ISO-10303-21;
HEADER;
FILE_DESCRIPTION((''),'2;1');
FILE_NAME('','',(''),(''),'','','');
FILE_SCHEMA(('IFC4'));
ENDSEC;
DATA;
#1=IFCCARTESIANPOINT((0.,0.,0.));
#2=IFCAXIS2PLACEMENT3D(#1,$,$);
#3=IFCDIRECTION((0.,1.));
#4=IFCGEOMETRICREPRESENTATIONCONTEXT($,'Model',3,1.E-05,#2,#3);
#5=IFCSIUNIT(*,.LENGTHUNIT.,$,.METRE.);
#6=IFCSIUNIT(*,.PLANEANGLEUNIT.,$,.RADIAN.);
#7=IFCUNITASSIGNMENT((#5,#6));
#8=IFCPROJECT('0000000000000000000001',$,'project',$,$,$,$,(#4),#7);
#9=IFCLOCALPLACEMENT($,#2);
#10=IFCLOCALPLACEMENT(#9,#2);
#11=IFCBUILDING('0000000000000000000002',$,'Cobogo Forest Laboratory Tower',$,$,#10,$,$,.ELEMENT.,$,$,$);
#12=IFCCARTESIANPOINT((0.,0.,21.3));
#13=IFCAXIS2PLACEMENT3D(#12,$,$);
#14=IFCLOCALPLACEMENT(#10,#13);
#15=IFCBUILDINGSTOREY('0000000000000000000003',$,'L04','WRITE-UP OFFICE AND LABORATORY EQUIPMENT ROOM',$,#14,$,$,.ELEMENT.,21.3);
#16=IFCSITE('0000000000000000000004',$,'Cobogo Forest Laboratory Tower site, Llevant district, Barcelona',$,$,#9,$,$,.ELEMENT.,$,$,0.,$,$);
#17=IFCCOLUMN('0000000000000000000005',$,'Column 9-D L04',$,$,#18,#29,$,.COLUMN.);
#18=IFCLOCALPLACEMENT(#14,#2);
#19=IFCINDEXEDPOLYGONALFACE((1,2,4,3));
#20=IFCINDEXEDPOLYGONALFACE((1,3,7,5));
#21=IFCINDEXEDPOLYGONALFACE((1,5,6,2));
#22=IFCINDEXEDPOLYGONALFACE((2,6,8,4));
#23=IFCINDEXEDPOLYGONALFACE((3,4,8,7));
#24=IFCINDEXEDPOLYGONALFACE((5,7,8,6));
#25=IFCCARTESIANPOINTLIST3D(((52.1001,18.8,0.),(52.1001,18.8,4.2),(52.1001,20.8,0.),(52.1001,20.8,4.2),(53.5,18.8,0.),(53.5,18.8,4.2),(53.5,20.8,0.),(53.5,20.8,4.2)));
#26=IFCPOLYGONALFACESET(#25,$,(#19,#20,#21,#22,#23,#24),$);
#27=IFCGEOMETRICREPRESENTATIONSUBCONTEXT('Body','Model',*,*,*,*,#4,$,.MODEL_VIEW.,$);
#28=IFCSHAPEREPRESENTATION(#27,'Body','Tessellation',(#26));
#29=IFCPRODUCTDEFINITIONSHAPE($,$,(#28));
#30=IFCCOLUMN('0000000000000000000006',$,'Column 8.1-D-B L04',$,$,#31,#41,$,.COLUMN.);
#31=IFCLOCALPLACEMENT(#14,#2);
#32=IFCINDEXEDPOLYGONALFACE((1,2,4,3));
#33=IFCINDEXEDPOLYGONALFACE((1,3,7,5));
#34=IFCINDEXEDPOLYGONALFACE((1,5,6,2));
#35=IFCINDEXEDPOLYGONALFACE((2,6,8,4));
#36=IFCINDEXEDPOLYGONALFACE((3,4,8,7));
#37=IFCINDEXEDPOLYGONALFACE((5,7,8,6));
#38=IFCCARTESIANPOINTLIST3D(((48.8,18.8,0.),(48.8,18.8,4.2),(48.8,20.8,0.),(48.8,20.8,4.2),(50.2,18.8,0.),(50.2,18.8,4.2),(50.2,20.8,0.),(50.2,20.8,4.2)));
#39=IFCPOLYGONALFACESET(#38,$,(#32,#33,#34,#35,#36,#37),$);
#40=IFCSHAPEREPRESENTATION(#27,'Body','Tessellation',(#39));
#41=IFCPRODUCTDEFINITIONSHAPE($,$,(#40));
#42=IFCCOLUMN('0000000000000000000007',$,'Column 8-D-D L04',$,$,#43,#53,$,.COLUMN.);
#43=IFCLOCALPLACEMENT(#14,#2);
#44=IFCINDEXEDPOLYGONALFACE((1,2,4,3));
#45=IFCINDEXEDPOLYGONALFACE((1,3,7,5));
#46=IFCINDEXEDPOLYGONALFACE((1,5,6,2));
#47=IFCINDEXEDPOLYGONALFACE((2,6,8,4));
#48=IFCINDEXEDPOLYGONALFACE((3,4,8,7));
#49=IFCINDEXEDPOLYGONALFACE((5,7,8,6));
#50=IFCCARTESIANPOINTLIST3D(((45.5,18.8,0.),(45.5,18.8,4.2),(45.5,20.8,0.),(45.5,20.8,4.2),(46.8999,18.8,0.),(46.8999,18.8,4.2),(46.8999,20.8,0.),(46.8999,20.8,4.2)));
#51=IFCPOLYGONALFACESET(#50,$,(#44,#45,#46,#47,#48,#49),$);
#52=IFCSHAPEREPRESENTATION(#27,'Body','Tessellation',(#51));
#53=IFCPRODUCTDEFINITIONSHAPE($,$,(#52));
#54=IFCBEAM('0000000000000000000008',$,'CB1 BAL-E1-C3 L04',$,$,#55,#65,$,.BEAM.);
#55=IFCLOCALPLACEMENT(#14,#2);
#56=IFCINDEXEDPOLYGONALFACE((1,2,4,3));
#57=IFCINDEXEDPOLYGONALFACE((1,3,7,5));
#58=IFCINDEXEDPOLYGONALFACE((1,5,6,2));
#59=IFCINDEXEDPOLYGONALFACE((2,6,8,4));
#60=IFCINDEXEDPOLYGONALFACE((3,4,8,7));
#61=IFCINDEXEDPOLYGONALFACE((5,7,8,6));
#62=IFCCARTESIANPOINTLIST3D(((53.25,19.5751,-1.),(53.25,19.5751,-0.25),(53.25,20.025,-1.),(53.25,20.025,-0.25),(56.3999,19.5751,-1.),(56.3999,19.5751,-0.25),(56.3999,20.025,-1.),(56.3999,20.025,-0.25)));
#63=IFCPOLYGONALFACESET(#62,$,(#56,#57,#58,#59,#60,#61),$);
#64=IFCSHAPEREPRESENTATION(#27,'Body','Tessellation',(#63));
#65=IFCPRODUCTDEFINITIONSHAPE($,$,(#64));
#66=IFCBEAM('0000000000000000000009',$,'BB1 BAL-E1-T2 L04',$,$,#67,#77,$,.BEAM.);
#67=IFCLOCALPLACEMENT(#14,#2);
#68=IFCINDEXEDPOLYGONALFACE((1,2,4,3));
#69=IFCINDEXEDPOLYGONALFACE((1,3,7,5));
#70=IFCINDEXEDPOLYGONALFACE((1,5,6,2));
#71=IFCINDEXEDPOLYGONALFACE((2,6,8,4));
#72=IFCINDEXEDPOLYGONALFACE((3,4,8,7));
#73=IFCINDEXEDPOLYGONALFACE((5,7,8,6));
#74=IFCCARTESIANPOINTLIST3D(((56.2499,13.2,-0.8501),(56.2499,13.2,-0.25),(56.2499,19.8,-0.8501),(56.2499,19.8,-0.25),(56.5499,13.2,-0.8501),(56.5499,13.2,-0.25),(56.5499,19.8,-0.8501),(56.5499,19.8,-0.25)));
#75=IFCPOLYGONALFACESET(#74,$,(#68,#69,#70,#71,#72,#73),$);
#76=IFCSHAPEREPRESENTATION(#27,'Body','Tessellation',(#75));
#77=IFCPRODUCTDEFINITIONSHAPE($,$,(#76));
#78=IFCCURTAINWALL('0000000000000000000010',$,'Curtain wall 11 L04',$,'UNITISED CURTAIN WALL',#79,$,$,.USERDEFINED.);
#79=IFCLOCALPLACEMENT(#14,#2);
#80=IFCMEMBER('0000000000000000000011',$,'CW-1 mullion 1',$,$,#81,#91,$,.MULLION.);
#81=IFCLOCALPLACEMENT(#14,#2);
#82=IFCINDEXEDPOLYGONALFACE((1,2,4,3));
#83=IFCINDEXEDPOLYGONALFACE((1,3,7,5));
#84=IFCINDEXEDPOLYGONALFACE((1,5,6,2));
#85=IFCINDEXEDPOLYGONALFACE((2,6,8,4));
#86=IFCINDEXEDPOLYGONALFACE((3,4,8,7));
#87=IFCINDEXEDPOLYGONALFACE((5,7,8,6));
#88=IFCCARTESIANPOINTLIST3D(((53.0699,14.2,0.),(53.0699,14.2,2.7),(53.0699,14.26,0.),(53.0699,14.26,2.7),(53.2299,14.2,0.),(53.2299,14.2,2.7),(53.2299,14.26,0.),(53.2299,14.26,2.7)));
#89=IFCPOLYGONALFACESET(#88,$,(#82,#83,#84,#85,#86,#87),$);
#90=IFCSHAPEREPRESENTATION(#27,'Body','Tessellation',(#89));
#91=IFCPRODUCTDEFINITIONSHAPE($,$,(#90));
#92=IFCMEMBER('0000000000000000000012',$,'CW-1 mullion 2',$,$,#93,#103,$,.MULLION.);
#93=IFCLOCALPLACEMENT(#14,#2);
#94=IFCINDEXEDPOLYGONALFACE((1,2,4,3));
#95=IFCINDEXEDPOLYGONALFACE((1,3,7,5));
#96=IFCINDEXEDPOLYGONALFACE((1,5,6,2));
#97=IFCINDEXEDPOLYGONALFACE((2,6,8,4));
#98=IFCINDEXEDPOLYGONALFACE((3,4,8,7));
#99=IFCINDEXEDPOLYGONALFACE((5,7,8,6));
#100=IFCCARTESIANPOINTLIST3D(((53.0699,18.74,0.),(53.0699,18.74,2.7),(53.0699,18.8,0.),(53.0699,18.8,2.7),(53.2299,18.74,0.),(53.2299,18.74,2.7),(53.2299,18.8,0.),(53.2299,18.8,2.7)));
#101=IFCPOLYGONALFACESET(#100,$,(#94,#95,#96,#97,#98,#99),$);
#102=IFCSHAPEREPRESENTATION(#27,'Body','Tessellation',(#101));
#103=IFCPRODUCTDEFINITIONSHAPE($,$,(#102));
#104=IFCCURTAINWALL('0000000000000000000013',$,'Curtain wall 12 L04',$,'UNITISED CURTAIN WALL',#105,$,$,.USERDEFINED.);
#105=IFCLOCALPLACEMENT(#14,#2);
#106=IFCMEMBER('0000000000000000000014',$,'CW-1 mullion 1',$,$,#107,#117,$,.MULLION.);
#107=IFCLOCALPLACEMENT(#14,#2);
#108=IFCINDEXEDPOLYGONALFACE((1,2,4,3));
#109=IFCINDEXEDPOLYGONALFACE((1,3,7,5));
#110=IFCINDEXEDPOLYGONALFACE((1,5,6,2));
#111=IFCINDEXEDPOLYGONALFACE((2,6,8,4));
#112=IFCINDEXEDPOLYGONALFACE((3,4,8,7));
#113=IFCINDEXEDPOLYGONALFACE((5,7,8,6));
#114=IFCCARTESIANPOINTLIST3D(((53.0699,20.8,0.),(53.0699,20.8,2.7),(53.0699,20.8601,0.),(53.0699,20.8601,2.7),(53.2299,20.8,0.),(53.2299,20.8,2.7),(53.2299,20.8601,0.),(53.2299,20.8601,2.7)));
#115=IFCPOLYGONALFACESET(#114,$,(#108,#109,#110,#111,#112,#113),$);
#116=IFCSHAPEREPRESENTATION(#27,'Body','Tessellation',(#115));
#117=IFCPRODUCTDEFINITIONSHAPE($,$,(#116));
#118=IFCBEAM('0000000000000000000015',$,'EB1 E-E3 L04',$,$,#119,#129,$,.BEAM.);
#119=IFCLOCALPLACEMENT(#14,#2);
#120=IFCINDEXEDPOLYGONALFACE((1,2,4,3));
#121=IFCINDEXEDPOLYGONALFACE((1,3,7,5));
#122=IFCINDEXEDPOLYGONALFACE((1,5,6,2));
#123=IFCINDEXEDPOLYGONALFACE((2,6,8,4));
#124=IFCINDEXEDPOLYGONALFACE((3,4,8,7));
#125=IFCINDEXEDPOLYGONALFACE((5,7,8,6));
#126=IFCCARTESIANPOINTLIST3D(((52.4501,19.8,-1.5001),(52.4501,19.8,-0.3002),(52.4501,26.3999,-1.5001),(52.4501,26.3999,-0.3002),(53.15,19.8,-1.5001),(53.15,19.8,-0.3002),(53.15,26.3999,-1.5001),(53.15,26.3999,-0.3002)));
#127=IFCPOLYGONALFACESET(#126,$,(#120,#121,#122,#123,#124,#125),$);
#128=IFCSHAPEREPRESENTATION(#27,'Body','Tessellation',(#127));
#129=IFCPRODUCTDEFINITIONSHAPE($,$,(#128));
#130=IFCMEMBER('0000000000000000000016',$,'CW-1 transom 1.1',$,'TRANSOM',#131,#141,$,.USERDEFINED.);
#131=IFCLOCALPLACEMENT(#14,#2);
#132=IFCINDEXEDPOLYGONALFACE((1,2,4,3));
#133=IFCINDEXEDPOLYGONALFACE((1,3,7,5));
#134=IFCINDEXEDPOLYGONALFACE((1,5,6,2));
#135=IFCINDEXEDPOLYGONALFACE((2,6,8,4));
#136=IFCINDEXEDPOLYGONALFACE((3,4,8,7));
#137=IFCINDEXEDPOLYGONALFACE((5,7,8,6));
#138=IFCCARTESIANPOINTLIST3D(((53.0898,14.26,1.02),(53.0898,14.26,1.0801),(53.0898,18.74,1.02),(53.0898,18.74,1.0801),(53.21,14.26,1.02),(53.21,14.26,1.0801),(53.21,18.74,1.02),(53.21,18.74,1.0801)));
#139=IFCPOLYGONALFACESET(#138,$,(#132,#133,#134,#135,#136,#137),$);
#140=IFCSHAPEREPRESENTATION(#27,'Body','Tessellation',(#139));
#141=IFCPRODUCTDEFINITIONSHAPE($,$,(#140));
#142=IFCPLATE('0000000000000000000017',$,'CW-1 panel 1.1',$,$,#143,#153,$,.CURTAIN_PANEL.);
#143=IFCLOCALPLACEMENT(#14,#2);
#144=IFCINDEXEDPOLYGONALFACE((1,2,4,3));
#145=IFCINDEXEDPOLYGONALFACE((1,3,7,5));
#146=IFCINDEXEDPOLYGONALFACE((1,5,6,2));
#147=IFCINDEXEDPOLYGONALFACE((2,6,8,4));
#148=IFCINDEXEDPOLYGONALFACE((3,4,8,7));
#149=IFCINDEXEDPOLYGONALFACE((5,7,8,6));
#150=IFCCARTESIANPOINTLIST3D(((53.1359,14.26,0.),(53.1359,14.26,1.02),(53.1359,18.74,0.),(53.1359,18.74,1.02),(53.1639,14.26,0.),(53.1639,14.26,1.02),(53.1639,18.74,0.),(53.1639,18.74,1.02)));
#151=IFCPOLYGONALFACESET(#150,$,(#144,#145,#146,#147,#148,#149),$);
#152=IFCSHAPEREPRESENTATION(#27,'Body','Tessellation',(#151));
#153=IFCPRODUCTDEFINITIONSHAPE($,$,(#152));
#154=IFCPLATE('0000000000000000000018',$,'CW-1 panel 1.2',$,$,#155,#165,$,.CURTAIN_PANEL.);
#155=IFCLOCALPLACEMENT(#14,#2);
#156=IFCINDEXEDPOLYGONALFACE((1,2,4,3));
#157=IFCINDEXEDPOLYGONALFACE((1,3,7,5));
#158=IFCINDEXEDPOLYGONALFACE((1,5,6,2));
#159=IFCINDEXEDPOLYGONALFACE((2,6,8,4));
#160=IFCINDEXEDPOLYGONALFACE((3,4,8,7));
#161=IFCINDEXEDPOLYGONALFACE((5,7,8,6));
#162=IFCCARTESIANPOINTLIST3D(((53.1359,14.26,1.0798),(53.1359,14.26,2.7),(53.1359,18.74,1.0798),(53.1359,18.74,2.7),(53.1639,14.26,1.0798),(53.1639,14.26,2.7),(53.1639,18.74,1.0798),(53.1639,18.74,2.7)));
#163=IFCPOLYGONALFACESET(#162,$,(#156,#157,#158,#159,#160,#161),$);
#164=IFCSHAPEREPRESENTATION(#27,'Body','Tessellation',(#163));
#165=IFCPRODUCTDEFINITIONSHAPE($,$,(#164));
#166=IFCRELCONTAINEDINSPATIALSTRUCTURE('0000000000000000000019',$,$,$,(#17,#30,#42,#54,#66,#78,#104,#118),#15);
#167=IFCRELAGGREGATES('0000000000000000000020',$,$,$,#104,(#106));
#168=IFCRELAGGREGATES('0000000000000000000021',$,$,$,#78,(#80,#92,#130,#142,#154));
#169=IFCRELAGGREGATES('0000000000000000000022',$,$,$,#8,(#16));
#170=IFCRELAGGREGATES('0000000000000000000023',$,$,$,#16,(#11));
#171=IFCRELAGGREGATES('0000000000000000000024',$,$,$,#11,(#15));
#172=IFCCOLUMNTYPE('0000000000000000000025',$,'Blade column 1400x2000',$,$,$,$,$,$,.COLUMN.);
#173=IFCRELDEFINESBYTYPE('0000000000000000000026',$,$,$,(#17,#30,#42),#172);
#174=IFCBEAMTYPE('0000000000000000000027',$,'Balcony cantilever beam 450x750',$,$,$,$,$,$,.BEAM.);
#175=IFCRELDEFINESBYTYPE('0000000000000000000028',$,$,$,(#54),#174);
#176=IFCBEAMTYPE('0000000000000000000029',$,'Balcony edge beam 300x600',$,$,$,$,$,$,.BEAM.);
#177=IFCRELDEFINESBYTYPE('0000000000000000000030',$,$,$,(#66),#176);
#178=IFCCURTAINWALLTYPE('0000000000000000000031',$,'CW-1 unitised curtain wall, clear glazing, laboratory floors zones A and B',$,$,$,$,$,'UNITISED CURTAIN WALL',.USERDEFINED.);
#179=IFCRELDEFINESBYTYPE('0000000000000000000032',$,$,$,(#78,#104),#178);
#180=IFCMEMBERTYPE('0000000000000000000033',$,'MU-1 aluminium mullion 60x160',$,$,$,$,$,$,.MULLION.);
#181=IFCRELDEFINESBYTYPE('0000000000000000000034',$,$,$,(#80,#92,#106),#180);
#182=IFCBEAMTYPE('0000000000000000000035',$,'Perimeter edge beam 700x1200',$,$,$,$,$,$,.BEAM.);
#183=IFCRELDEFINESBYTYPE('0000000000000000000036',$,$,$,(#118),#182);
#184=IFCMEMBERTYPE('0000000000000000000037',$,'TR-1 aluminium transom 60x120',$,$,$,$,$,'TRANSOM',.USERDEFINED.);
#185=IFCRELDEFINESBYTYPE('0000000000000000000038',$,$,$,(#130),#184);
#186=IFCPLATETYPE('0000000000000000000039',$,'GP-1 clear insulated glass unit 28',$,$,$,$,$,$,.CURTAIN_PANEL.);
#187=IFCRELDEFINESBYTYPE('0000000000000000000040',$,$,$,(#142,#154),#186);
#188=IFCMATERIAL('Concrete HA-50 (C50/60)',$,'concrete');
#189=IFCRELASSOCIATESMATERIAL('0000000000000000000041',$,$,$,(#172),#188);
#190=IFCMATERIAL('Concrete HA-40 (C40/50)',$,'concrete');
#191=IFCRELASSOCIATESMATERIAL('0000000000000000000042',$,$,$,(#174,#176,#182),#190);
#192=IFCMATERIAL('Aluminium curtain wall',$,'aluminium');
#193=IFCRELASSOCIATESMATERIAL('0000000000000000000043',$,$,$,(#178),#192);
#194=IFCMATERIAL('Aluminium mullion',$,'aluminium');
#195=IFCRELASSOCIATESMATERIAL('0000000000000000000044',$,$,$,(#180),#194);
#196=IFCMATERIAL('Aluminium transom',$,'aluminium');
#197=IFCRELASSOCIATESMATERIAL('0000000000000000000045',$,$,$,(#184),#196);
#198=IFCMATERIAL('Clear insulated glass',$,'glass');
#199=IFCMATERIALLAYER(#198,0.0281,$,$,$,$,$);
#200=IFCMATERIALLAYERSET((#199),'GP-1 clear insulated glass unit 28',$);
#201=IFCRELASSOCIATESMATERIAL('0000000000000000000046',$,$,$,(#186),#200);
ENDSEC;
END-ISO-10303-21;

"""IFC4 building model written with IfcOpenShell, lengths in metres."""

from ifc_helpers import new_model, si_unit, direction, frame, origin, origin_2d, place, context, subcontext, project, spatial, rectangle, extrude, material, layer, layer_set, material_profile, profile_set, type_object, element, aggregate, save


model = new_model("IFC4")

# Units and contexts
model_context = context("Model", 3, precision=1e-05, world=origin(), true_north=direction((0.0, 1.0)))
body_context = subcontext(model_context, "Body", "Model", "MODEL_VIEW")
ifc_project = project(units=[si_unit("LENGTHUNIT", "METRE"), si_unit("PLANEANGLEUNIT", "RADIAN")], contexts=[model_context])

# Site, building, storey
site_placement = place(None, origin())
site = spatial("IfcSite", under=ifc_project, at=site_placement, Name="Cobogo Forest Laboratory Tower site, Llevant district, Barcelona", CompositionType="ELEMENT", RefElevation=0.0)
building_placement = place(site_placement, origin())
building = spatial("IfcBuilding", under=site, at=building_placement, Name="Cobogo Forest Laboratory Tower", CompositionType="ELEMENT")
storey_placement = place(building_placement, frame((0.0, 0.0, 21.3)))
storey = spatial("IfcBuildingStorey", under=building, at=storey_placement, Name="L04", Description="WRITE-UP OFFICE AND LABORATORY EQUIPMENT ROOM", CompositionType="ELEMENT", Elevation=21.3)

# Columns
ifc_material_1 = material(Name="Concrete HA-50 (C50/60)", Category="concrete")
ifc_material_profile_1 = material_profile(ifc_material_1, rectangle(XDim=2.0, YDim=1.3999, at=origin_2d()), Name="RC 1400x2000")
ifc_profile_set_1 = profile_set([ifc_material_profile_1], Name="Concrete HA-50 (C50/60)")
column_type = type_object("IfcColumnType", Name="Blade column 1400x2000", PredefinedType="COLUMN", material=ifc_profile_set_1)
for number, where, z_axis, x_axis, name in (
    (1, (52.8, 19.8, 0.0), (0.0, 0.0, 1.0), (0.0, 1.0, 0.0), "Column 9-D L04"),
    (2, (49.5, 19.8, 0.0), (0.0, 0.0, 1.0), (0.0, 1.0, 0.0), "Column 8.1-D-B L04"),
    (3, (46.2, 19.8, 0.0), (0.0, 0.0, 1.0), (0.0, 1.0, 0.0), "Column 8-D-D L04"),
):
    element("IfcColumn", number, at=place(storey_placement, frame(where, z_axis=z_axis, x_axis=x_axis)), inside=storey, type_object=column_type, Name=name, PredefinedType="COLUMN", context=body_context, shape_type="SweptSolid", body=[
        extrude(rectangle(XDim=2.0, YDim=1.3999, at=origin_2d()), origin(), (0.0, 0.0, 1.0), 4.2),
    ])

# Beams
ifc_material_2 = material(Name="Concrete HA-40 (C40/50)", Category="concrete")
ifc_material_profile_2 = material_profile(ifc_material_2, rectangle(XDim=0.45, YDim=0.75, at=origin_2d()), Name="RC 450x750")
ifc_profile_set_2 = profile_set([ifc_material_profile_2], Name="Concrete HA-40 (C40/50)")
beam_type_1 = type_object("IfcBeamType", Name="Balcony cantilever beam 450x750", PredefinedType="BEAM", material=ifc_profile_set_2)
beam_1_placement = place(storey_placement, frame((53.25, 19.8, -0.625), z_axis=(1.0, 0.0, 0.0), x_axis=(0.0, 1.0, 0.0)))
element("IfcBeam", 4, at=beam_1_placement, inside=storey, type_object=beam_type_1, Name="CB1 BAL-E1-C3 L04", PredefinedType="BEAM", context=body_context, shape_type="SweptSolid", body=[
    extrude(rectangle(XDim=0.45, YDim=0.75, at=origin_2d()), origin(), (0.0, 0.0, 1.0), 3.1499),
])
ifc_material_profile_3 = material_profile(ifc_material_2, rectangle(XDim=0.3, YDim=0.6001, at=origin_2d()), Name="RC 300x600")
ifc_profile_set_3 = profile_set([ifc_material_profile_3], Name="Concrete HA-40 (C40/50)")
beam_type_2 = type_object("IfcBeamType", Name="Balcony edge beam 300x600", PredefinedType="BEAM", material=ifc_profile_set_3)
beam_2_placement = place(storey_placement, frame((56.3999, 13.2, -0.55), z_axis=(0.0, 1.0, 0.0), x_axis=(-1.0, 0.0, 0.0)))
element("IfcBeam", 5, at=beam_2_placement, inside=storey, type_object=beam_type_2, Name="BB1 BAL-E1-T2 L04", PredefinedType="BEAM", context=body_context, shape_type="SweptSolid", body=[
    extrude(rectangle(XDim=0.3, YDim=0.6001, at=origin_2d()), origin(), (0.0, 0.0, 1.0), 6.6001),
])

# Curtain wall, members
ifc_material_3 = material(Name="Aluminium curtain wall", Category="aluminium")
curtain_wall_type = type_object("IfcCurtainWallType", Name="CW-1 unitised curtain wall, clear glazing, laboratory floors zones A and B", ElementType="UNITISED CURTAIN WALL", PredefinedType="USERDEFINED", material=ifc_material_3)
curtain_wall_1_placement = place(storey_placement, origin())
curtain_wall_1 = element("IfcCurtainWall", 6, at=curtain_wall_1_placement, inside=storey, type_object=curtain_wall_type, Name="Curtain wall 11 L04", ObjectType="UNITISED CURTAIN WALL", PredefinedType="USERDEFINED")
ifc_material_4 = material(Name="Aluminium mullion", Category="aluminium")
ifc_material_profile_4 = material_profile(ifc_material_4, rectangle(XDim=0.0601, YDim=0.1599, at=origin_2d()), Name="AL 60x160")
ifc_profile_set_4 = profile_set([ifc_material_profile_4], Name="Aluminium mullion")
member_type_1 = type_object("IfcMemberType", Name="MU-1 aluminium mullion 60x160", PredefinedType="MULLION", material=ifc_profile_set_4)
member_1_placement = place(storey_placement, frame((53.1499, 14.23, 0.0), z_axis=(0.0, 0.0, 1.0), x_axis=(0.0, 1.0, 0.0)))
member_1 = element("IfcMember", 7, at=member_1_placement, type_object=member_type_1, Name="CW-1 mullion 1", PredefinedType="MULLION", context=body_context, shape_type="SweptSolid", body=[
    extrude(rectangle(XDim=0.0601, YDim=0.1599, at=origin_2d()), origin(), (0.0, 0.0, 1.0), 2.7),
])
member_2_placement = place(storey_placement, frame((53.1499, 18.77, 0.0), z_axis=(0.0, 0.0, 1.0), x_axis=(0.0, 1.0, 0.0)))
member_2 = element("IfcMember", 8, at=member_2_placement, type_object=member_type_1, Name="CW-1 mullion 2", PredefinedType="MULLION", context=body_context, shape_type="SweptSolid", body=[
    extrude(rectangle(XDim=0.0601, YDim=0.1599, at=origin_2d()), origin(), (0.0, 0.0, 1.0), 2.7),
])

# Curtain wall, member
curtain_wall_2_placement = place(storey_placement, origin())
curtain_wall_2 = element("IfcCurtainWall", 9, at=curtain_wall_2_placement, inside=storey, type_object=curtain_wall_type, Name="Curtain wall 12 L04", ObjectType="UNITISED CURTAIN WALL", PredefinedType="USERDEFINED")
member_3_placement = place(storey_placement, frame((53.1499, 20.8301, 0.0), z_axis=(0.0, 0.0, 1.0), x_axis=(0.0, 1.0, 0.0)))
member_3 = element("IfcMember", 10, at=member_3_placement, type_object=member_type_1, Name="CW-1 mullion 1", PredefinedType="MULLION", context=body_context, shape_type="SweptSolid", body=[
    extrude(rectangle(XDim=0.0601, YDim=0.1599, at=origin_2d()), origin(), (0.0, 0.0, 1.0), 2.7),
])
aggregate(curtain_wall_2, [member_3])

# Beam
ifc_material_profile_5 = material_profile(ifc_material_2, rectangle(XDim=0.7, YDim=1.2, at=origin_2d()), Name="RC 700x1200")
ifc_profile_set_5 = profile_set([ifc_material_profile_5], Name="Concrete HA-40 (C40/50)")
beam_type_3 = type_object("IfcBeamType", Name="Perimeter edge beam 700x1200", PredefinedType="BEAM", material=ifc_profile_set_5)
beam_3_placement = place(storey_placement, frame((52.8, 19.8, -0.9001), z_axis=(0.0, 1.0, 0.0), x_axis=(-1.0, 0.0, 0.0)))
element("IfcBeam", 11, at=beam_3_placement, inside=storey, type_object=beam_type_3, Name="EB1 E-E3 L04", PredefinedType="BEAM", context=body_context, shape_type="SweptSolid", body=[
    extrude(rectangle(XDim=0.7, YDim=1.2, at=origin_2d()), origin(), (0.0, 0.0, 1.0), 6.5999),
])

# Member
ifc_material_5 = material(Name="Aluminium transom", Category="aluminium")
ifc_material_profile_6 = material_profile(ifc_material_5, rectangle(XDim=0.1201, YDim=0.0601, at=origin_2d()), Name="AL 60x120")
ifc_profile_set_6 = profile_set([ifc_material_profile_6], Name="Aluminium transom")
member_type_2 = type_object("IfcMemberType", Name="TR-1 aluminium transom 60x120", ElementType="TRANSOM", PredefinedType="USERDEFINED", material=ifc_profile_set_6)
member_4_placement = place(storey_placement, frame((53.1499, 14.26, 1.05), z_axis=(0.0, 1.0, 0.0), x_axis=(-1.0, 0.0, 0.0)))
member_4 = element("IfcMember", 12, at=member_4_placement, type_object=member_type_2, Name="CW-1 transom 1.1", ObjectType="TRANSOM", PredefinedType="USERDEFINED", context=body_context, shape_type="SweptSolid", body=[
    extrude(rectangle(XDim=0.1201, YDim=0.0601, at=origin_2d()), origin(), (0.0, 0.0, 1.0), 4.48),
])

# Plates
ifc_material_6 = material(Name="Clear insulated glass", Category="glass")
ifc_layer_1 = layer(ifc_material_6, 0.0281)
ifc_layer_set_1 = layer_set([ifc_layer_1], Name="GP-1 clear insulated glass unit 28")
plate_type_1 = type_object("IfcPlateType", Name="GP-1 clear insulated glass unit 28", PredefinedType="CURTAIN_PANEL", material=ifc_layer_set_1)
plate_1_placement = place(storey_placement, frame((53.1499, 16.5, 0.0), z_axis=(0.0, 0.0, 1.0), x_axis=(0.0, 1.0, 0.0)))
plate_1 = element("IfcPlate", 13, at=plate_1_placement, type_object=plate_type_1, Name="CW-1 panel 1.1", PredefinedType="CURTAIN_PANEL", context=body_context, shape_type="SweptSolid", body=[
    extrude(rectangle(XDim=4.48, YDim=0.0281, at=origin_2d()), origin(), (0.0, 0.0, 1.0), 1.02),
])
plate_2_placement = place(storey_placement, frame((53.1499, 16.5, 1.0798), z_axis=(0.0, 0.0, 1.0), x_axis=(0.0, 1.0, 0.0)))
plate_2 = element("IfcPlate", 14, at=plate_2_placement, type_object=plate_type_1, Name="CW-1 panel 1.2", PredefinedType="CURTAIN_PANEL", context=body_context, shape_type="SweptSolid", body=[
    extrude(rectangle(XDim=4.48, YDim=0.0281, at=origin_2d()), origin(), (0.0, 0.0, 1.0), 1.6201),
])
aggregate(curtain_wall_1, [member_1, member_2, member_4, plate_1, plate_2])

save(model, "model.ifc")
